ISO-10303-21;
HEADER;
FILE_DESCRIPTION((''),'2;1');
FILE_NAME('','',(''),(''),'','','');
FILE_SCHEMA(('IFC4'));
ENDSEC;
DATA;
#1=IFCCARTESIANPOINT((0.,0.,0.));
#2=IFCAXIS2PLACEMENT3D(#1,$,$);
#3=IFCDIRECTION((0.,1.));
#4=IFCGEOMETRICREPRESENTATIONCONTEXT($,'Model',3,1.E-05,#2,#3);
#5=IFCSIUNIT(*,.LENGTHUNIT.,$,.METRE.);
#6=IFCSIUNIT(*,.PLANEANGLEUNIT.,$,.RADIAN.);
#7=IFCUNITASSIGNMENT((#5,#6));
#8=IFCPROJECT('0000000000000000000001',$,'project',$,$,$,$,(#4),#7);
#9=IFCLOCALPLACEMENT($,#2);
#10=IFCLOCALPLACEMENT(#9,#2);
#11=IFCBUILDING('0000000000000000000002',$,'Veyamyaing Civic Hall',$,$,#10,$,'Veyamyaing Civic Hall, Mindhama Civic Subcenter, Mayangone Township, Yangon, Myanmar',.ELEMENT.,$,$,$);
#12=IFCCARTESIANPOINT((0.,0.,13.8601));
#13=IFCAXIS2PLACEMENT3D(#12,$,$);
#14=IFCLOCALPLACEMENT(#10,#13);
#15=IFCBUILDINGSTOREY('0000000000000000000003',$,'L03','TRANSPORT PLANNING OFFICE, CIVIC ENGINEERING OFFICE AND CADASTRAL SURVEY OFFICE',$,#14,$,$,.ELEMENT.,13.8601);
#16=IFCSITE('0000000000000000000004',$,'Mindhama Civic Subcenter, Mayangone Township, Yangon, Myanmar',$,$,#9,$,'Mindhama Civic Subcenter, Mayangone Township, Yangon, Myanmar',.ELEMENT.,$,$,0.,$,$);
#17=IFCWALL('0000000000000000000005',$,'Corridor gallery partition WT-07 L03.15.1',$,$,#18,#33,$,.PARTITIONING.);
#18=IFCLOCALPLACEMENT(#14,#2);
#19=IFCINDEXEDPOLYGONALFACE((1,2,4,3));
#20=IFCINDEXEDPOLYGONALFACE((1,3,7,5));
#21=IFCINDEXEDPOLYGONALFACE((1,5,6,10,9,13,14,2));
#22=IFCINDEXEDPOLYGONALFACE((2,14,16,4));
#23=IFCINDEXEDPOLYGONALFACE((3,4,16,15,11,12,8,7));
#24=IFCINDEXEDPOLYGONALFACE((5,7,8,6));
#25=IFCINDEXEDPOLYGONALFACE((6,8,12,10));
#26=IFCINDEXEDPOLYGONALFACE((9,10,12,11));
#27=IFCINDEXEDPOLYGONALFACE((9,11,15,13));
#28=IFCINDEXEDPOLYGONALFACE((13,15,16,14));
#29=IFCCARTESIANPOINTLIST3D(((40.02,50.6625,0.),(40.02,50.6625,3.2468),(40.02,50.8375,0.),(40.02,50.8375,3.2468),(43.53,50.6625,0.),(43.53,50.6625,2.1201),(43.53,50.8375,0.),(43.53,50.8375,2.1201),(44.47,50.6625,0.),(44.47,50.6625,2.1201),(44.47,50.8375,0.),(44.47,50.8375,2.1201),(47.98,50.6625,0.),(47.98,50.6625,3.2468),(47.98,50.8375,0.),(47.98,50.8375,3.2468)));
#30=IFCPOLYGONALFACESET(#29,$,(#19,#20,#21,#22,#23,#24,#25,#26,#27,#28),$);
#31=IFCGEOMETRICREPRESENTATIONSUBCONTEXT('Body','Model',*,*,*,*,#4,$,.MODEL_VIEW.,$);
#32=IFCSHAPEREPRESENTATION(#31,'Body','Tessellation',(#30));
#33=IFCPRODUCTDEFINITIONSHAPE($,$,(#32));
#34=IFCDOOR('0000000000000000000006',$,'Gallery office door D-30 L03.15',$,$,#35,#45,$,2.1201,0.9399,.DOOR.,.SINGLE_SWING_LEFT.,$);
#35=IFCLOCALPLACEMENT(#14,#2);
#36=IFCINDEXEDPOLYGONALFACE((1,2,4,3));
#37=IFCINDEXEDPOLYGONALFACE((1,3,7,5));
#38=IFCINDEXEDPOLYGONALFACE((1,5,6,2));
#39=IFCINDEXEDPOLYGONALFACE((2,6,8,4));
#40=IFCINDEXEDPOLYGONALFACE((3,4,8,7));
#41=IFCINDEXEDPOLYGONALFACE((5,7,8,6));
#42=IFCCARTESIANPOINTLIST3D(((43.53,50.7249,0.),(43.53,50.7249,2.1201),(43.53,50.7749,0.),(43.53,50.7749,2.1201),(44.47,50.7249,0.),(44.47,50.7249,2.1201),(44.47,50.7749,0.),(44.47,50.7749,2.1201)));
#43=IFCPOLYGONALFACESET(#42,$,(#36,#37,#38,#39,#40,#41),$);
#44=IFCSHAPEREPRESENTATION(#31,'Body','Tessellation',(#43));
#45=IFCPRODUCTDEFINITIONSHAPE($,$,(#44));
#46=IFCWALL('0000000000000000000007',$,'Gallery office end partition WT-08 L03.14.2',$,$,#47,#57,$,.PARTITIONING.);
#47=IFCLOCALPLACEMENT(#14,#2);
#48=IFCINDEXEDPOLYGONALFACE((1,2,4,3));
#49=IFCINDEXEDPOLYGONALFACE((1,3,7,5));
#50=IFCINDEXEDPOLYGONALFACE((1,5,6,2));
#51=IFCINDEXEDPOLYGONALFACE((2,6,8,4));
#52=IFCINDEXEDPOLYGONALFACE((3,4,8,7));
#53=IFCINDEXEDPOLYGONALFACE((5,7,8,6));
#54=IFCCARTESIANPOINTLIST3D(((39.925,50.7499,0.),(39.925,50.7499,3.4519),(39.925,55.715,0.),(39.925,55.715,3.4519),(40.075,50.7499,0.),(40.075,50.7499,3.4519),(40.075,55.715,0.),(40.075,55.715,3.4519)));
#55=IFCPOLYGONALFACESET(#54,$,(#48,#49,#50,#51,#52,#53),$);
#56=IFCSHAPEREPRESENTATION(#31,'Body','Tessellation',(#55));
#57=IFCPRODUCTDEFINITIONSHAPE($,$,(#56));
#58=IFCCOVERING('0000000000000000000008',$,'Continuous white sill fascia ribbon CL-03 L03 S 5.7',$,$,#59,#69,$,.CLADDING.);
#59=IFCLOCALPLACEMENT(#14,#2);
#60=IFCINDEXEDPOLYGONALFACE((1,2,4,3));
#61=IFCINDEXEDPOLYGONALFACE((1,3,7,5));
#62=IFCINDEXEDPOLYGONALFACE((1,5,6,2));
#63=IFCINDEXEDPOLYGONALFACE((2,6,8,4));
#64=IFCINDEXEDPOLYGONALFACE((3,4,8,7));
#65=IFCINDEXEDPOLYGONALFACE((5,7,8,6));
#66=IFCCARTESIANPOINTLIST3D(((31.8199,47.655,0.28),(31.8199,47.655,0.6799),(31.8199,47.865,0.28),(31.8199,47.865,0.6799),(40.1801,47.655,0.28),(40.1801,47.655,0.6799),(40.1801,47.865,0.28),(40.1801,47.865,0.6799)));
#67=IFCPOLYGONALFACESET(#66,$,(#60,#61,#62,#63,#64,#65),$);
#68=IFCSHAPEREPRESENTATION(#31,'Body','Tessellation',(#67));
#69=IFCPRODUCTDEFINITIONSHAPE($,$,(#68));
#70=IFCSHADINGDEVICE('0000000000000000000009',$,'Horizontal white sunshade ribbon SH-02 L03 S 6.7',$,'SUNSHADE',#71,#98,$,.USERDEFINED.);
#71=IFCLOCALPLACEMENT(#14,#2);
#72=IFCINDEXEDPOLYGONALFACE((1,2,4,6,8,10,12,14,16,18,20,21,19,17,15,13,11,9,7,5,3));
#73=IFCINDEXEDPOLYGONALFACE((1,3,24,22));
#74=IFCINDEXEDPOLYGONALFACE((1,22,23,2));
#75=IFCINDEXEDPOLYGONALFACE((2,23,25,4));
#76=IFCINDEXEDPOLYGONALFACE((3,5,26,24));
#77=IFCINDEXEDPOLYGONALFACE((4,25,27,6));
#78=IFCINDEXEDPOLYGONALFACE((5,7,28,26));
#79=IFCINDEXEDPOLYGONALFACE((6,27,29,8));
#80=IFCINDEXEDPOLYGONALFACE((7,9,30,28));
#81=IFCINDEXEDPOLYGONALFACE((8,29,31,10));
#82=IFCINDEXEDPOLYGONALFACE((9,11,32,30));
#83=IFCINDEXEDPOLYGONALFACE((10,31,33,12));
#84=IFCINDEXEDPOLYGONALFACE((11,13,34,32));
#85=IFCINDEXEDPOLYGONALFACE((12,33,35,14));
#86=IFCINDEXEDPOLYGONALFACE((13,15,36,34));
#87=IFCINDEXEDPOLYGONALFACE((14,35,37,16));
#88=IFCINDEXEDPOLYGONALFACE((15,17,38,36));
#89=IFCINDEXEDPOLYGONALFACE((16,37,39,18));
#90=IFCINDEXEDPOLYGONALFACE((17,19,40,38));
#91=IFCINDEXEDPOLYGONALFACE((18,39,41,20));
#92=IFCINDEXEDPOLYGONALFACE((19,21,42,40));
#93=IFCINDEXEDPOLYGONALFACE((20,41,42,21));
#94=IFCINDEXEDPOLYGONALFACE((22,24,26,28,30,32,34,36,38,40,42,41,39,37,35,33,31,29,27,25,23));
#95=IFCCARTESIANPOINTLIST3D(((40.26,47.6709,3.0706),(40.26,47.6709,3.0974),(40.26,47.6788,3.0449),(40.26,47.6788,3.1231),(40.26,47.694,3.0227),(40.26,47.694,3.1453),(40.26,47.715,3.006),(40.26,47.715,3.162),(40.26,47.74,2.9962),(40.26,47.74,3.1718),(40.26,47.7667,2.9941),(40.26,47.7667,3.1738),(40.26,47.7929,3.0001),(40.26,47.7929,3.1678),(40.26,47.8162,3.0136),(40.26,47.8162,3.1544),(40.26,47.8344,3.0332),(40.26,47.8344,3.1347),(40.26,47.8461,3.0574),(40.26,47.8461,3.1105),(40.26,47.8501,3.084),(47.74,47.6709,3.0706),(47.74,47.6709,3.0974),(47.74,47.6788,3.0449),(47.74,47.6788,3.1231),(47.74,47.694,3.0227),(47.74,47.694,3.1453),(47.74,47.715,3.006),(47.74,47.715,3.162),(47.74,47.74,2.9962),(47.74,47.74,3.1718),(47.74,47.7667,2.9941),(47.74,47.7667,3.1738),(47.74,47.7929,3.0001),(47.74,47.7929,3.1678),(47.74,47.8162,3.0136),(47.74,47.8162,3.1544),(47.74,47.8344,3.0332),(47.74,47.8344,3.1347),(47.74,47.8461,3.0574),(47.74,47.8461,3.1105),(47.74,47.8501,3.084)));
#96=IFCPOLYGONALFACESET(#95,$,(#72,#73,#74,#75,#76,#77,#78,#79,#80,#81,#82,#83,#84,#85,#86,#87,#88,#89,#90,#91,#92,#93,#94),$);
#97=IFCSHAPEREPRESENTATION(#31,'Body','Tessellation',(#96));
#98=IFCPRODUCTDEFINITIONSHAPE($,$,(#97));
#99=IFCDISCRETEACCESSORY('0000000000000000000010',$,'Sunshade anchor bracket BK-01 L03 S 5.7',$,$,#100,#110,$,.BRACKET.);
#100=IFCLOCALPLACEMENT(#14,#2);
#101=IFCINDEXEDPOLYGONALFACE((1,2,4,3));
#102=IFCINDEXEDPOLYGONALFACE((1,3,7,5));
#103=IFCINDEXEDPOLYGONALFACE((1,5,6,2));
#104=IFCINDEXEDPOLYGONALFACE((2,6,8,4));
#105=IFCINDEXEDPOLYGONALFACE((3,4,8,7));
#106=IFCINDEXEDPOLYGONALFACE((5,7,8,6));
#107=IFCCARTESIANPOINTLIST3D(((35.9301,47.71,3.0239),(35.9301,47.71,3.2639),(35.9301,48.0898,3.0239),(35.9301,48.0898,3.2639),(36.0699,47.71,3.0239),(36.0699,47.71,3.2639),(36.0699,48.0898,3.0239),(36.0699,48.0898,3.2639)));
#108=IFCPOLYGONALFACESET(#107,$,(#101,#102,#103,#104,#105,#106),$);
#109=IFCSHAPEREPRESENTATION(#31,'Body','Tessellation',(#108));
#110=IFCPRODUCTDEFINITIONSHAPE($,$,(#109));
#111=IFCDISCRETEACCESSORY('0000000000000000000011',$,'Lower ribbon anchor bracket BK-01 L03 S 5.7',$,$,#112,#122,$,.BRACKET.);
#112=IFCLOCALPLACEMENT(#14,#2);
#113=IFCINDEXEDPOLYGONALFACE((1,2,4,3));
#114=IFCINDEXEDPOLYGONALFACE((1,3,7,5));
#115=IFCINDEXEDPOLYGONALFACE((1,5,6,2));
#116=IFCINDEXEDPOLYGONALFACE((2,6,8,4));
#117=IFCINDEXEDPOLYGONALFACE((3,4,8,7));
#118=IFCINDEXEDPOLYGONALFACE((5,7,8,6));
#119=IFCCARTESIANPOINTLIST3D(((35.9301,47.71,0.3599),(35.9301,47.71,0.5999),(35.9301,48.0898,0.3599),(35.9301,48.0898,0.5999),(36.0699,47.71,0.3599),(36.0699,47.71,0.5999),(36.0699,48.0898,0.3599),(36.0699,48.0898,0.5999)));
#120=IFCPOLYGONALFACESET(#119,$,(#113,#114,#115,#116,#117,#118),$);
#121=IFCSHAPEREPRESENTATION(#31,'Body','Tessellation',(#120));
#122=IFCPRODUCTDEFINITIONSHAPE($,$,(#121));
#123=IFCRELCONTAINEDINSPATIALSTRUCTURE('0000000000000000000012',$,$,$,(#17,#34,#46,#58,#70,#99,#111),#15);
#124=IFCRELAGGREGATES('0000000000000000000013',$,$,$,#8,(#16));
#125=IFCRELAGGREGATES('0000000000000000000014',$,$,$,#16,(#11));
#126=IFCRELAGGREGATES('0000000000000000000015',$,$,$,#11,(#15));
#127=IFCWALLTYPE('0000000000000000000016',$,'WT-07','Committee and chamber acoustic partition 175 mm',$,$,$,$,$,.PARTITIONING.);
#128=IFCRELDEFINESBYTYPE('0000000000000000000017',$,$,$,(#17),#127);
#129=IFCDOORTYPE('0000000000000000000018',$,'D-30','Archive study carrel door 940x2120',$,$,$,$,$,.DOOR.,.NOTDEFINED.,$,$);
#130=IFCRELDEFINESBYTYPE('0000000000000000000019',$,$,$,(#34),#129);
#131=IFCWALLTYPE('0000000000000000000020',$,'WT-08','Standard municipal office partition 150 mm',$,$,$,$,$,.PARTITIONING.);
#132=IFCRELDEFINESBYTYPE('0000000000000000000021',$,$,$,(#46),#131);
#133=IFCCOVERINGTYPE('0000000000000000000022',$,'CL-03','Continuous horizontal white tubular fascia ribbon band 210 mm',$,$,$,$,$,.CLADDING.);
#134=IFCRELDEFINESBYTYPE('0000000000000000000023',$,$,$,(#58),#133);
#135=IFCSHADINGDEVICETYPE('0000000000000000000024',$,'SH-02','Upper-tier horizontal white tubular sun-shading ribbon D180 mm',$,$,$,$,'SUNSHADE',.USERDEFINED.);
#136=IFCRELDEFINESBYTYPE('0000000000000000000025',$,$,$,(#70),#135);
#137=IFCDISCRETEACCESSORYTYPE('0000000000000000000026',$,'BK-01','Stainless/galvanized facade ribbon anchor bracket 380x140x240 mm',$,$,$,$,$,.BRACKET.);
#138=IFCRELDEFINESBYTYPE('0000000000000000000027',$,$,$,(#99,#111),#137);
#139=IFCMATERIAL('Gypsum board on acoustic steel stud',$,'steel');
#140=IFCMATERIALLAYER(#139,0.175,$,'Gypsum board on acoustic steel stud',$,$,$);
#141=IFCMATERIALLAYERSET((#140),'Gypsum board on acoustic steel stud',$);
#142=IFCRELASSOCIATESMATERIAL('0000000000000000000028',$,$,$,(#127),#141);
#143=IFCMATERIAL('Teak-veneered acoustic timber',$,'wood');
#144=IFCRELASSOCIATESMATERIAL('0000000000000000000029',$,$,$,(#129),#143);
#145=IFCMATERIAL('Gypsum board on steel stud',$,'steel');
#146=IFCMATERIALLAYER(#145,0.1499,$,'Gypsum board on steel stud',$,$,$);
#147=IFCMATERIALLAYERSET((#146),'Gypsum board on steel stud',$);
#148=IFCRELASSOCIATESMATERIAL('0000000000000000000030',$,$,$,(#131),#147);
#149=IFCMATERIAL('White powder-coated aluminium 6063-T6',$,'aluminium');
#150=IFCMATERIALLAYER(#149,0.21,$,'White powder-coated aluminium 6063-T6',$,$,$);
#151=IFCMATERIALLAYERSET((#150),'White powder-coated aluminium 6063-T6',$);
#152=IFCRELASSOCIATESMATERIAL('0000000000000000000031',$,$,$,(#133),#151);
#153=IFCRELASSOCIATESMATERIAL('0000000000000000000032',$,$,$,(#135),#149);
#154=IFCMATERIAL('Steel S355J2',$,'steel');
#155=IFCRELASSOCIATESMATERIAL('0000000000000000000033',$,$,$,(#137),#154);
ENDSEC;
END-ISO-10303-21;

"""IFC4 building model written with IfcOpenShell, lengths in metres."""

from ifc_helpers import new_model, si_unit, direction, frame, frame_2d, origin, origin_2d, place, context, subcontext, project, spatial, rectangle, circle, extrude, material, layer, layer_set, material_profile, profile_set, type_object, element, fill, save


model = new_model("IFC4")

# Units and contexts
model_context = context("Model", 3, precision=1e-05, world=origin(), true_north=direction((0.0, 1.0)))
body_context = subcontext(model_context, "Body", "Model", "MODEL_VIEW")
ifc_project = project(units=[si_unit("LENGTHUNIT", "METRE"), si_unit("PLANEANGLEUNIT", "RADIAN")], contexts=[model_context])

# Site, building, storey
site_placement = place(None, origin())
site = spatial("IfcSite", under=ifc_project, at=site_placement, Name="Mindhama Civic Subcenter, Mayangone Township, Yangon, Myanmar", LongName="Mindhama Civic Subcenter, Mayangone Township, Yangon, Myanmar", CompositionType="ELEMENT", RefElevation=0.0)
building_placement = place(site_placement, origin())
building = spatial("IfcBuilding", under=site, at=building_placement, Name="Veyamyaing Civic Hall", LongName="Veyamyaing Civic Hall, Mindhama Civic Subcenter, Mayangone Township, Yangon, Myanmar", CompositionType="ELEMENT")
storey_placement = place(building_placement, frame((0.0, 0.0, 13.8601)))
storey = spatial("IfcBuildingStorey", under=building, at=storey_placement, Name="L03", Description="TRANSPORT PLANNING OFFICE, CIVIC ENGINEERING OFFICE AND CADASTRAL SURVEY OFFICE", CompositionType="ELEMENT", Elevation=13.8601)

# Wall, opening, door
ifc_material_1 = material(Name="Gypsum board on acoustic steel stud", Category="steel")
ifc_layer_1 = layer(ifc_material_1, 0.175, Name="Gypsum board on acoustic steel stud")
ifc_layer_set_1 = layer_set([ifc_layer_1], Name="Gypsum board on acoustic steel stud")
wall_type_1 = type_object("IfcWallType", Name="WT-07", Description="Committee and chamber acoustic partition 175 mm", PredefinedType="PARTITIONING", material=ifc_layer_set_1)
wall_1_placement = place(storey_placement, frame((40.02, 50.75, 0.0), z_axis=(0.0, 0.0, 1.0), x_axis=(1.0, 0.0, 0.0)))
wall_1 = element("IfcWall", 1, at=wall_1_placement, inside=storey, type_object=wall_type_1, Name="Corridor gallery partition WT-07 L03.15.1", PredefinedType="PARTITIONING", context=body_context, shape_type="SweptSolid", body=[
    extrude(rectangle(XDim=7.96, YDim=0.175, at=frame_2d((3.98, 0.0))), origin(), (0.0, 0.0, 1.0), 3.2468),
])
opening_placement = place(wall_1_placement, frame((3.51, 0.0, 0.0)))
opening = element("IfcOpeningElement", 2, at=opening_placement, cuts=wall_1, PredefinedType="OPENING", context=body_context, shape_type="SweptSolid", body=[
    extrude(rectangle(XDim=0.9399, YDim=2.1201, at=frame_2d((0.47, 1.0601))), frame((0.0, 0.0974, 0.0), z_axis=(0.0, -1.0, 0.0), x_axis=(1.0, 0.0, 0.0)), (0.0, 0.0, 1.0), 0.1951),
])
ifc_material_2 = material(Name="Teak-veneered acoustic timber", Category="wood")
door_type = type_object("IfcDoorType", Name="D-30", Description="Archive study carrel door 940x2120", OperationType="NOTDEFINED", PredefinedType="DOOR", material=ifc_material_2)
door_placement = place(opening_placement, origin())
door = element("IfcDoor", 3, at=door_placement, inside=storey, type_object=door_type, Name="Gallery office door D-30 L03.15", OperationType="SINGLE_SWING_LEFT", OverallHeight=2.1201, OverallWidth=0.9399, PredefinedType="DOOR", context=body_context, shape_type="SweptSolid", body=[
    extrude(rectangle(XDim=0.9399, YDim=2.1201, at=frame_2d((0.47, 1.0601))), frame((0.0, 0.0249, 0.0), z_axis=(0.0, -1.0, 0.0), x_axis=(1.0, 0.0, 0.0)), (0.0, 0.0, 1.0), 0.05),
])
fill(opening, door)

# Wall
ifc_material_3 = material(Name="Gypsum board on steel stud", Category="steel")
ifc_layer_2 = layer(ifc_material_3, 0.1499, Name="Gypsum board on steel stud")
ifc_layer_set_2 = layer_set([ifc_layer_2], Name="Gypsum board on steel stud")
wall_type_2 = type_object("IfcWallType", Name="WT-08", Description="Standard municipal office partition 150 mm", PredefinedType="PARTITIONING", material=ifc_layer_set_2)
wall_2_placement = place(storey_placement, frame((40.0, 50.75, 0.0), z_axis=(0.0, 0.0, 1.0), x_axis=(0.0, 1.0, 0.0)))
element("IfcWall", 4, at=wall_2_placement, inside=storey, type_object=wall_type_2, Name="Gallery office end partition WT-08 L03.14.2", PredefinedType="PARTITIONING", context=body_context, shape_type="SweptSolid", body=[
    extrude(rectangle(XDim=4.9651, YDim=0.1499, at=frame_2d((2.4824, 0.0))), origin(), (0.0, 0.0, 1.0), 3.4519),
])

# Covering
ifc_material_4 = material(Name="White powder-coated aluminium 6063-T6", Category="aluminium")
ifc_layer_3 = layer(ifc_material_4, 0.21, Name="White powder-coated aluminium 6063-T6")
ifc_layer_set_3 = layer_set([ifc_layer_3], Name="White powder-coated aluminium 6063-T6")
covering_type = type_object("IfcCoveringType", Name="CL-03", Description="Continuous horizontal white tubular fascia ribbon band 210 mm", PredefinedType="CLADDING", material=ifc_layer_set_3)
covering_placement = place(storey_placement, frame((36.0, 47.76, 0.28), z_axis=(0.0, 0.0, 1.0), x_axis=(1.0, 0.0, 0.0)))
element("IfcCovering", 5, at=covering_placement, inside=storey, type_object=covering_type, Name="Continuous white sill fascia ribbon CL-03 L03 S 5.7", PredefinedType="CLADDING", context=body_context, shape_type="SweptSolid", body=[
    extrude(rectangle(XDim=8.3601, YDim=0.21, at=origin_2d()), origin(), (0.0, 0.0, 1.0), 0.3999),
])

# Shading device
ifc_material_profile_1 = material_profile(ifc_material_4, circle(Radius=0.0901, at=origin_2d()), Name="SHADE-TUBE-180")
ifc_profile_set_1 = profile_set([ifc_material_profile_1], Name="White powder-coated aluminium 6063-T6")
shading_device_type = type_object("IfcShadingDeviceType", Name="SH-02", Description="Upper-tier horizontal white tubular sun-shading ribbon D180 mm", ElementType="SUNSHADE", PredefinedType="USERDEFINED", material=ifc_profile_set_1)
shading_device_placement = place(storey_placement, frame((40.26, 47.76, 3.084), z_axis=(1.0, 0.0, 0.0), x_axis=(0.0, 1.0, 0.0)))
element("IfcShadingDevice", 6, at=shading_device_placement, inside=storey, type_object=shading_device_type, Name="Horizontal white sunshade ribbon SH-02 L03 S 6.7", ObjectType="SUNSHADE", PredefinedType="USERDEFINED", context=body_context, shape_type="SweptSolid", body=[
    extrude(circle(Radius=0.0901, at=origin_2d()), origin(), (0.0, 0.0, 1.0), 7.48),
])

# Discrete accessories
ifc_material_5 = material(Name="Steel S355J2", Category="steel")
discrete_accessory_type = type_object("IfcDiscreteAccessoryType", Name="BK-01", Description="Stainless/galvanized facade ribbon anchor bracket 380x140x240 mm", PredefinedType="BRACKET", material=ifc_material_5)
for number, where, z_axis, x_axis, name in (
    (7, (36.0, 47.8999, 3.0239), (0.0, 0.0, 1.0), (0.0, -1.0, 0.0), "Sunshade anchor bracket BK-01 L03 S 5.7"),
    (8, (36.0, 47.8999, 0.3599), (0.0, 0.0, 1.0), (0.0, -1.0, 0.0), "Lower ribbon anchor bracket BK-01 L03 S 5.7"),
):
    element("IfcDiscreteAccessory", number, at=place(storey_placement, frame(where, z_axis=z_axis, x_axis=x_axis)), inside=storey, type_object=discrete_accessory_type, Name=name, PredefinedType="BRACKET", context=body_context, shape_type="SweptSolid", body=[
        extrude(rectangle(XDim=0.3799, YDim=0.1399, at=origin_2d()), origin(), (0.0, 0.0, 1.0), 0.24),
    ])

save(model, "model.ifc")
